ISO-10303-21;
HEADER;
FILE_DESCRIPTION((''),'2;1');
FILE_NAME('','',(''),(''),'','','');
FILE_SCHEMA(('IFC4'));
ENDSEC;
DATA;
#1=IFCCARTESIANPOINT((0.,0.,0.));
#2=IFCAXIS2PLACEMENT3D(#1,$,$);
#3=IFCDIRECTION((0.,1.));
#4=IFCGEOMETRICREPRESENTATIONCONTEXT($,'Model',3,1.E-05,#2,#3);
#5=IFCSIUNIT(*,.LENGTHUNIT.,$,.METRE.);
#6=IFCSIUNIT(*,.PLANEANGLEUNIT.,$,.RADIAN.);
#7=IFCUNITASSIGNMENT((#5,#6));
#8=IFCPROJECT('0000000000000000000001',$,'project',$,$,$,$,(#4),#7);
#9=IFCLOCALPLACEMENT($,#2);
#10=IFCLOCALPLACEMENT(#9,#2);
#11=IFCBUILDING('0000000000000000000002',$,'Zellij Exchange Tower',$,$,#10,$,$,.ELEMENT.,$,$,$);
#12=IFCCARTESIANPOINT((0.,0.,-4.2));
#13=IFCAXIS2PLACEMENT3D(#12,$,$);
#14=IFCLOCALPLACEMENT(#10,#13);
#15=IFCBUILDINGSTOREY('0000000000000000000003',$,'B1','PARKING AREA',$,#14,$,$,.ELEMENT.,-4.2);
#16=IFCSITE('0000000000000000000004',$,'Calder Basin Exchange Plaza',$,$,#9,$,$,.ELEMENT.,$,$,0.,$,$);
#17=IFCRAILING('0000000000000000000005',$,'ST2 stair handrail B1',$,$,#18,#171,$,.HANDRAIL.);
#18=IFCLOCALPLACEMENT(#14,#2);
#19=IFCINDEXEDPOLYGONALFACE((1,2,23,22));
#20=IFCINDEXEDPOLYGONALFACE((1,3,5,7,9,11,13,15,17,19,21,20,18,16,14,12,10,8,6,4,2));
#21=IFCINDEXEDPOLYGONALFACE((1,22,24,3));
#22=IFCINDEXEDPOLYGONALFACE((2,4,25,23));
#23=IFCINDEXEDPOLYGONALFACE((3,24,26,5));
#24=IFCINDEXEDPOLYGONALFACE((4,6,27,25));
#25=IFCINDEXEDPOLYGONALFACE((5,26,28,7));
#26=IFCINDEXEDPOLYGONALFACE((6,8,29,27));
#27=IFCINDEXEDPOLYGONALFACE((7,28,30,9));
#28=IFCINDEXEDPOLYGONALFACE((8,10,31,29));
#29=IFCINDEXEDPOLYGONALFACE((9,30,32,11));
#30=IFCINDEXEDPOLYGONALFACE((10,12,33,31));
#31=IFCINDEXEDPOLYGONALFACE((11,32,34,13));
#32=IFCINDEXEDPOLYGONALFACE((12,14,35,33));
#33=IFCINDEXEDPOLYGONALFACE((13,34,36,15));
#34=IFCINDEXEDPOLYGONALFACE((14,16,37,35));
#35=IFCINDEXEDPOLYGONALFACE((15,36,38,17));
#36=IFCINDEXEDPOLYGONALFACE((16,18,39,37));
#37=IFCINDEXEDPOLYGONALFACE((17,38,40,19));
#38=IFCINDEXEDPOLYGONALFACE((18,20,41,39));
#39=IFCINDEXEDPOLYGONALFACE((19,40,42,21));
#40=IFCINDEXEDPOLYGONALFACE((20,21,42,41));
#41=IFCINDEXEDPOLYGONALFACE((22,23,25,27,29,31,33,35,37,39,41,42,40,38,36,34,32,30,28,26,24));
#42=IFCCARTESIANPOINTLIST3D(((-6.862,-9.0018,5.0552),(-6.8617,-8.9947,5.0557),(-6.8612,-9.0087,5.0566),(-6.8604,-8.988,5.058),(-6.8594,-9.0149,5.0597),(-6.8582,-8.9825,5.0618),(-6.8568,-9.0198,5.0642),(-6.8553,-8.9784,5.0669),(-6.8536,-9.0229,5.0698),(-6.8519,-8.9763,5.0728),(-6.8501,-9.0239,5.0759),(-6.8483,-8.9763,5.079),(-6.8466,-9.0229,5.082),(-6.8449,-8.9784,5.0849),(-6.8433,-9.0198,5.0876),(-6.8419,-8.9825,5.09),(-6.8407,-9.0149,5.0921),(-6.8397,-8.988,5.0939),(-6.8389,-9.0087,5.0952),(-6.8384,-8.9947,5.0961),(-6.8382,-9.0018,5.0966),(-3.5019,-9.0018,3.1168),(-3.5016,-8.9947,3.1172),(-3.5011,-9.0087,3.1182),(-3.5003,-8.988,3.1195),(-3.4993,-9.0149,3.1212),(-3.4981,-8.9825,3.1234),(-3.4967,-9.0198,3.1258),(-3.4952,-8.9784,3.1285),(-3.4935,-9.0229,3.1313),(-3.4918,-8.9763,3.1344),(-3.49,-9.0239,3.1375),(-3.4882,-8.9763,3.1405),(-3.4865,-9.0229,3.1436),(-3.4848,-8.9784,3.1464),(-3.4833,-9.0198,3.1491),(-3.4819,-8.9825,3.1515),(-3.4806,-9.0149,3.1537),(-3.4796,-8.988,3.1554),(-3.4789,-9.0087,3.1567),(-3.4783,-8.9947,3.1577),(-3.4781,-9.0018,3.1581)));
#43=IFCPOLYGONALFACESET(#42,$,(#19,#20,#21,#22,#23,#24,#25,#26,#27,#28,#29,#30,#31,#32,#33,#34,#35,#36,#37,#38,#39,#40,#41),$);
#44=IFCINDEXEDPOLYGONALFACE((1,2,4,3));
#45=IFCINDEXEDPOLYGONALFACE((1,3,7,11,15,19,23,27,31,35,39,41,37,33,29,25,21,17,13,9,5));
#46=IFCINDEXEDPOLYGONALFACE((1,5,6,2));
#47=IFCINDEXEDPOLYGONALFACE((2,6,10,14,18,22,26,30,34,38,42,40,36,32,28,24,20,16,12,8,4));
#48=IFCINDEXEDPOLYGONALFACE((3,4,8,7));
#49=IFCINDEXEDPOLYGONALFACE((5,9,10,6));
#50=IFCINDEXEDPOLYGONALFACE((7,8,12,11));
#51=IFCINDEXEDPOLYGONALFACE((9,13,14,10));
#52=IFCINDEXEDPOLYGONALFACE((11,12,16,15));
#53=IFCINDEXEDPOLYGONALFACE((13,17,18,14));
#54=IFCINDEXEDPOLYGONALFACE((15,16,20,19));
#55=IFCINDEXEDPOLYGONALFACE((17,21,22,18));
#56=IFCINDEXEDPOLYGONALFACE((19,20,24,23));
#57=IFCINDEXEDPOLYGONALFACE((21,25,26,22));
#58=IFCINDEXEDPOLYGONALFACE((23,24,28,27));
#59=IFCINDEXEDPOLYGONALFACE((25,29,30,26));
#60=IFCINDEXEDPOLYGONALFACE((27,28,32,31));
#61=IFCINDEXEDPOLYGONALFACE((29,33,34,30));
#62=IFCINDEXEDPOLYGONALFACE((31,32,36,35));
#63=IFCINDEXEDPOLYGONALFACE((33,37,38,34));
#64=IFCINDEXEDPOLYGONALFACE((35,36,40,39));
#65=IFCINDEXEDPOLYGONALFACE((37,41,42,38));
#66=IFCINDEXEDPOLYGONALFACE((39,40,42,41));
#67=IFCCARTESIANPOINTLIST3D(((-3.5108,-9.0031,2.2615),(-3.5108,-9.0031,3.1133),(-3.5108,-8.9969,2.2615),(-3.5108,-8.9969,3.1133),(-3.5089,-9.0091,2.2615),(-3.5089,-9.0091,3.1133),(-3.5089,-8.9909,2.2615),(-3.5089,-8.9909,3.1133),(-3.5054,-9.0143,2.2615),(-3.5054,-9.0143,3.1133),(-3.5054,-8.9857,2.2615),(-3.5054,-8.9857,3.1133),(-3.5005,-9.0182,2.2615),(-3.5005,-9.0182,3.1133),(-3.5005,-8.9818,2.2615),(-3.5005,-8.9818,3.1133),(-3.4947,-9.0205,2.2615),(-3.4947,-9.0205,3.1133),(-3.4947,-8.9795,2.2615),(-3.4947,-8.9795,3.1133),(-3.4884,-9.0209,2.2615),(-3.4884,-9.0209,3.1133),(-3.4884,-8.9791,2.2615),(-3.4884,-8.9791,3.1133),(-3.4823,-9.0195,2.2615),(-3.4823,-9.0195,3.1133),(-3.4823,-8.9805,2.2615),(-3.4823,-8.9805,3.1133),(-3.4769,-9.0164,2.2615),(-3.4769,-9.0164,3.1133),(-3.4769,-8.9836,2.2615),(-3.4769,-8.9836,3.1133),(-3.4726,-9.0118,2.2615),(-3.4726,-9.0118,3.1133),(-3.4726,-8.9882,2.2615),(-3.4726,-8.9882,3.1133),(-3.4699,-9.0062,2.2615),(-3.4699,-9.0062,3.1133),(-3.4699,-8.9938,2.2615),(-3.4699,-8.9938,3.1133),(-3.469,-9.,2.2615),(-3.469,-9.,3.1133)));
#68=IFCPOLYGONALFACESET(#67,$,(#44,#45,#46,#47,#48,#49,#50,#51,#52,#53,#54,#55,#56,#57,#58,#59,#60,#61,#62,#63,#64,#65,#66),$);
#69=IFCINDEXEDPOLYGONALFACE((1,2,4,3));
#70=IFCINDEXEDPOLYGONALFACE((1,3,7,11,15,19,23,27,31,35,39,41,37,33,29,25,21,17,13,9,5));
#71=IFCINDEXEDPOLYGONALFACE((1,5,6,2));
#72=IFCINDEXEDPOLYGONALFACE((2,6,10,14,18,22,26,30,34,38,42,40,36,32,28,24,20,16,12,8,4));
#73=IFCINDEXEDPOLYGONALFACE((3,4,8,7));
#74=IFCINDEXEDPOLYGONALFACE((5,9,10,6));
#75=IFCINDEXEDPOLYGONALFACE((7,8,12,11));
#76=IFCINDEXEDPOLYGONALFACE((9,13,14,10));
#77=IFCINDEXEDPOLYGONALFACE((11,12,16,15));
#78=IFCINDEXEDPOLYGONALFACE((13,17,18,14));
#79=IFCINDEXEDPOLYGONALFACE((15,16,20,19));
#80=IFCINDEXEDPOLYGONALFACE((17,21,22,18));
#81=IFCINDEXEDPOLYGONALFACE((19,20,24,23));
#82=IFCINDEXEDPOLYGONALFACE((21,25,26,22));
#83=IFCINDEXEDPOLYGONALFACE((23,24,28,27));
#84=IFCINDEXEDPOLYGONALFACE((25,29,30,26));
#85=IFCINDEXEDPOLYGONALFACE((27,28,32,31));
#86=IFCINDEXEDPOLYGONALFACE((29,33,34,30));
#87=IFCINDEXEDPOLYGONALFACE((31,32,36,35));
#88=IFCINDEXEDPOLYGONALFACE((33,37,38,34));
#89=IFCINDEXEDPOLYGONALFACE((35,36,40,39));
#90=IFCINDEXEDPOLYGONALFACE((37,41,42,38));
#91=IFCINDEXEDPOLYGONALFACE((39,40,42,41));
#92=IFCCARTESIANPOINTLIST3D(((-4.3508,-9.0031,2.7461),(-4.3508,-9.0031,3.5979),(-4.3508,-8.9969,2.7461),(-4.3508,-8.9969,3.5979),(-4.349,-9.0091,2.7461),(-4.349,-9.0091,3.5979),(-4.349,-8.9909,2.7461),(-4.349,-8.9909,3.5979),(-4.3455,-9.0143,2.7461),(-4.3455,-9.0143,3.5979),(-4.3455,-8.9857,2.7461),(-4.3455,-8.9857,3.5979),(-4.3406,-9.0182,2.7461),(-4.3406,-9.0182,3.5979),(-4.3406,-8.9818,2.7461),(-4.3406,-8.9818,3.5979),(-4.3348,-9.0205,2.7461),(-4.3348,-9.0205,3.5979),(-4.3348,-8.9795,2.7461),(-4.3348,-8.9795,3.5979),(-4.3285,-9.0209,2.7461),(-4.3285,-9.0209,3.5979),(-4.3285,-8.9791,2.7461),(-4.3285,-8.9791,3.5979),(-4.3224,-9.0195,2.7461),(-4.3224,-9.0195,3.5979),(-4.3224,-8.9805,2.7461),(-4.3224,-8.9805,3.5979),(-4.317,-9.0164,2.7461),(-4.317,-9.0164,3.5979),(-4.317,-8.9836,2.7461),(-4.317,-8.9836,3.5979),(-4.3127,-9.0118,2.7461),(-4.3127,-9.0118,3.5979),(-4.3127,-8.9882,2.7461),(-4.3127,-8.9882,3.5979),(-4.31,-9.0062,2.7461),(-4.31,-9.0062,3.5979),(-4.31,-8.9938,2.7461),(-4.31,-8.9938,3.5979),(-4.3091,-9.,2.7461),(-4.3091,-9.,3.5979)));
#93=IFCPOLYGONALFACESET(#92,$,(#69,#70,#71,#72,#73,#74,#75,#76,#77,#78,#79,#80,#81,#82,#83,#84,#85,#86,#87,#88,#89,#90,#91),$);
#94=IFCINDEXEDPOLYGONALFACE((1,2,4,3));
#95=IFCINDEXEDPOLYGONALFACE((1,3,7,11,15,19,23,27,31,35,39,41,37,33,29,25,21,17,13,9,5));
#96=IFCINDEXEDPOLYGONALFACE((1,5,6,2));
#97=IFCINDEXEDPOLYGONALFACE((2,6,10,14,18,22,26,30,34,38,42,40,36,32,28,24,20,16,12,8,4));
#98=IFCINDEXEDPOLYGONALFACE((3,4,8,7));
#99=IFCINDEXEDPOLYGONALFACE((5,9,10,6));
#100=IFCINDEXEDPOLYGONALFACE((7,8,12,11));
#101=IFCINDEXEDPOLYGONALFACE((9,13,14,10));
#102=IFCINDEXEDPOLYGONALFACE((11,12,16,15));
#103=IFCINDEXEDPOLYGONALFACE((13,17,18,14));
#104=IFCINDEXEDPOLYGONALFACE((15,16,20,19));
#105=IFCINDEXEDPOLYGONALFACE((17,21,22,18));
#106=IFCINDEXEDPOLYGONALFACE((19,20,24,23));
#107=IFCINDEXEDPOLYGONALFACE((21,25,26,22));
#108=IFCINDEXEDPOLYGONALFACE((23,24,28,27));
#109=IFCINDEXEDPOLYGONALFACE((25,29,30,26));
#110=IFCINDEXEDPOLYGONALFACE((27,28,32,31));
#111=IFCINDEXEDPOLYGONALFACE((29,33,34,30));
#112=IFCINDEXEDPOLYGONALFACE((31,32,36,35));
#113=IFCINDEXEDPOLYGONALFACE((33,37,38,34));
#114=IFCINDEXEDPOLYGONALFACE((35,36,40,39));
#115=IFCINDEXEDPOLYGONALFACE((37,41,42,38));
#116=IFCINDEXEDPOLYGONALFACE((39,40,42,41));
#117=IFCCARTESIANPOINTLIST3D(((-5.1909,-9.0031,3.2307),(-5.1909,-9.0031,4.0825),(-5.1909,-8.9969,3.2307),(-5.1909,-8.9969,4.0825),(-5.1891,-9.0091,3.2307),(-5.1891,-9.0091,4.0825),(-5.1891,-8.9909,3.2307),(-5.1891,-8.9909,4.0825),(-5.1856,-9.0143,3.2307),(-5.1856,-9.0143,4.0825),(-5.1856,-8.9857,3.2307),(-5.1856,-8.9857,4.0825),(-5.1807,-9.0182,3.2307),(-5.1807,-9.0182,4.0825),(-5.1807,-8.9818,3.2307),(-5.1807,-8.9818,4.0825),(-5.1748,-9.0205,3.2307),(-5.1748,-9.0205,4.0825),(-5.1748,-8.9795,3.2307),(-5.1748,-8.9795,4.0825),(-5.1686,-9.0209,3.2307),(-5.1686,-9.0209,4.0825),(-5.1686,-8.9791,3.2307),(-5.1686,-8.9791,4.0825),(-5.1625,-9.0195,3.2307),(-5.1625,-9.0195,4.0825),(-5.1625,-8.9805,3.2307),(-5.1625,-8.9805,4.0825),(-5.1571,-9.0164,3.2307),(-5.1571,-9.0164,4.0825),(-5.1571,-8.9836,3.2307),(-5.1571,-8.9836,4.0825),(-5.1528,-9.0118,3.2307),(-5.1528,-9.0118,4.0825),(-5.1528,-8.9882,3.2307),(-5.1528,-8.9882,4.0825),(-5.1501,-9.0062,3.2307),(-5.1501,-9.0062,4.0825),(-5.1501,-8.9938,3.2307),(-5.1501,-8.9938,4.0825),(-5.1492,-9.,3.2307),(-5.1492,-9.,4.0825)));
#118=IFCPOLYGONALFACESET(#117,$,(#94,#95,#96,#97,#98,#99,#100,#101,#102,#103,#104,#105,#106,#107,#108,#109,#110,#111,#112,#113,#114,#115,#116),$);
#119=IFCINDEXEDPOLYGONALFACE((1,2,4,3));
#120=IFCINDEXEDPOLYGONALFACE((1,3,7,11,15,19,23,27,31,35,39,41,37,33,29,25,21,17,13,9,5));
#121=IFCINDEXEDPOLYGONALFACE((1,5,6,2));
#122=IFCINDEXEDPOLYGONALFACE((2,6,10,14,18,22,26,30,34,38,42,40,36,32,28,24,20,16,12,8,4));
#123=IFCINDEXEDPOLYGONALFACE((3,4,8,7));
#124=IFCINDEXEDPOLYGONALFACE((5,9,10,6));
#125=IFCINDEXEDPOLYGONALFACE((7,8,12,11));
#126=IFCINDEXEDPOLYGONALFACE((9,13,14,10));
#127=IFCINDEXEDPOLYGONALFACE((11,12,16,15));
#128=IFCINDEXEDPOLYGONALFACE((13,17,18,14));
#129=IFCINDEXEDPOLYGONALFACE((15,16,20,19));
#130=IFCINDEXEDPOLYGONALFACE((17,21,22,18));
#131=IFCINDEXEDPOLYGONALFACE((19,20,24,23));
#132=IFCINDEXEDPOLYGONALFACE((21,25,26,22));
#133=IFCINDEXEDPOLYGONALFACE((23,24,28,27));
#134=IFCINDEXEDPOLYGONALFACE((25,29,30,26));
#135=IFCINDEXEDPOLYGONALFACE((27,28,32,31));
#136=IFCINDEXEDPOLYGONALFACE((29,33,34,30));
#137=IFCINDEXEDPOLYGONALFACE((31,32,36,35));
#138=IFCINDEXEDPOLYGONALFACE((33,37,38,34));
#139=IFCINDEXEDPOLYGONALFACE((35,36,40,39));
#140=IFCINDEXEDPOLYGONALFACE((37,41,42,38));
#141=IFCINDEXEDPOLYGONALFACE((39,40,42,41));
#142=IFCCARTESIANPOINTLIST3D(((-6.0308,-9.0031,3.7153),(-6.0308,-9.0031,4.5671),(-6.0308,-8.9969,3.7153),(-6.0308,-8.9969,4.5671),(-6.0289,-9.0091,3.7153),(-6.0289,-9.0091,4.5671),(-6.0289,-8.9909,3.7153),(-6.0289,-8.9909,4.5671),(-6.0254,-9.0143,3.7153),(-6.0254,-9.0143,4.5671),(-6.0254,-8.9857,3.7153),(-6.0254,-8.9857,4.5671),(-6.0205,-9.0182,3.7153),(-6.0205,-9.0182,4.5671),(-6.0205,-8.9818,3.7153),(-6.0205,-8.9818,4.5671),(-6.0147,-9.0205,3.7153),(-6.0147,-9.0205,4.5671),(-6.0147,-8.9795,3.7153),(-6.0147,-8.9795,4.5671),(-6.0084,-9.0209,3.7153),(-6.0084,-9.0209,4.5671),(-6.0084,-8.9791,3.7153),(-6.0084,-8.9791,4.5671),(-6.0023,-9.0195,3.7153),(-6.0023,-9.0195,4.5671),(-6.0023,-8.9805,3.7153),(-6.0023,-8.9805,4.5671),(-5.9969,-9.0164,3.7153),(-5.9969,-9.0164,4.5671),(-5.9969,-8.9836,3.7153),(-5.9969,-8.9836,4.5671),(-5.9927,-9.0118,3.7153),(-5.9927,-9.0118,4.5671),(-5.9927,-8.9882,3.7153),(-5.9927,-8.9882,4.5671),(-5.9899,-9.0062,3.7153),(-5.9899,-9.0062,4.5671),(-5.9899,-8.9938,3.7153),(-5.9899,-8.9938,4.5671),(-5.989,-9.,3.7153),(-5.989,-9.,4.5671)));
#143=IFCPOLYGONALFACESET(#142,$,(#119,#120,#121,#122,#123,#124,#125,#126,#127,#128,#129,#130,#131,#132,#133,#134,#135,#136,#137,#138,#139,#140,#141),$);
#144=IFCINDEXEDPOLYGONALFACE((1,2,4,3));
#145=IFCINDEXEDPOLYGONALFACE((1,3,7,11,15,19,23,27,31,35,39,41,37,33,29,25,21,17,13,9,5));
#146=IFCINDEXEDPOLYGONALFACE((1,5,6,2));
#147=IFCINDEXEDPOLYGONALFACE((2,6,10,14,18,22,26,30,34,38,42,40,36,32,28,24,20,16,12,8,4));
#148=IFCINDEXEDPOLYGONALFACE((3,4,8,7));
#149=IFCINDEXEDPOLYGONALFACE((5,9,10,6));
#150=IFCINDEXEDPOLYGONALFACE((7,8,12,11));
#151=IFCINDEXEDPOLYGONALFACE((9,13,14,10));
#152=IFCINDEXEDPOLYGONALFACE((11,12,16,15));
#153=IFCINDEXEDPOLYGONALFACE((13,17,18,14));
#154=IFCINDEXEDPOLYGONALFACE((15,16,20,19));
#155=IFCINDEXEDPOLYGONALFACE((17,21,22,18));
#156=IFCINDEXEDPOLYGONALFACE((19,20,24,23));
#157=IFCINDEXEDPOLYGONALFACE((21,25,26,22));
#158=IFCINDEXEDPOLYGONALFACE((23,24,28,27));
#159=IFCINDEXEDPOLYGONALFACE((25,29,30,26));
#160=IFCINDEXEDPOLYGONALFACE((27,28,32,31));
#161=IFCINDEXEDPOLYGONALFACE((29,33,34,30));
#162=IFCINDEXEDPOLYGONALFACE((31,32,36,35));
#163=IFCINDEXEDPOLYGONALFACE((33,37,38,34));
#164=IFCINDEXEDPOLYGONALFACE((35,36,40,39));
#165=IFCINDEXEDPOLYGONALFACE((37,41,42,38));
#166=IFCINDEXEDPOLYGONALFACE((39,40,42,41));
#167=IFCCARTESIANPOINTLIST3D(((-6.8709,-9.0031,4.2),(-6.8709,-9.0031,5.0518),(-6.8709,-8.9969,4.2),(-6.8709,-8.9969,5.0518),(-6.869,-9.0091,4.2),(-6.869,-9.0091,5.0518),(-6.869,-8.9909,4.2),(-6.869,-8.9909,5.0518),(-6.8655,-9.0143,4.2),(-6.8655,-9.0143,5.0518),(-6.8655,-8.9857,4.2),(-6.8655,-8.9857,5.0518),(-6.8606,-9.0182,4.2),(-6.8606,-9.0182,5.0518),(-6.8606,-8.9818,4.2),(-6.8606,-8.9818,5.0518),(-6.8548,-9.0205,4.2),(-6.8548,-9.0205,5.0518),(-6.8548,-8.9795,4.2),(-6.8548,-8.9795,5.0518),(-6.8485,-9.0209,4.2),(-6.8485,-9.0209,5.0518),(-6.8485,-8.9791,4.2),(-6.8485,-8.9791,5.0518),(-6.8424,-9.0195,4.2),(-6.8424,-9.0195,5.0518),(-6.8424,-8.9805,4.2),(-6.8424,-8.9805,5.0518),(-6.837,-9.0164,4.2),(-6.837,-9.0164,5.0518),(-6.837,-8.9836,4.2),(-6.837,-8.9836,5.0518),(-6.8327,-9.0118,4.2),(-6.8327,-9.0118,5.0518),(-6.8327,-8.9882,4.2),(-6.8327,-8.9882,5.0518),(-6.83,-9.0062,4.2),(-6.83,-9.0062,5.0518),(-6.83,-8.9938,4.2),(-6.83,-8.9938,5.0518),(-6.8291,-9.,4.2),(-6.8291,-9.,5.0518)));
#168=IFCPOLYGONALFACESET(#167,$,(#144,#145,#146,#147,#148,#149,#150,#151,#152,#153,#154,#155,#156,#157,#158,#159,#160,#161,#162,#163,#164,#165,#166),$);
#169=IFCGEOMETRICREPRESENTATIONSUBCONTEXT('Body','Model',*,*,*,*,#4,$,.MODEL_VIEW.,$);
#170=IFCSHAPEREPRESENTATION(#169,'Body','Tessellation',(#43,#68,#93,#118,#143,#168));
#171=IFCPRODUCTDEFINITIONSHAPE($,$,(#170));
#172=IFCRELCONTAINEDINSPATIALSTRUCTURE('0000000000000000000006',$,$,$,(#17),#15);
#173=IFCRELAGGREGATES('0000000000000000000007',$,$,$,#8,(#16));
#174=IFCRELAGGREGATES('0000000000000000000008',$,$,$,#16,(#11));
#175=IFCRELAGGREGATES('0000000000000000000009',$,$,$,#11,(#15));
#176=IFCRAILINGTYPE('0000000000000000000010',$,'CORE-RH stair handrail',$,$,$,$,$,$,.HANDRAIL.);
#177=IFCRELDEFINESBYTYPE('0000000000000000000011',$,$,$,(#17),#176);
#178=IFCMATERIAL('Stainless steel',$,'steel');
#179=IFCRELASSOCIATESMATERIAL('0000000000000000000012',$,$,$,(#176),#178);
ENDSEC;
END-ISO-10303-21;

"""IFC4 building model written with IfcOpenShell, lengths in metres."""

from ifc_helpers import new_model, si_unit, direction, frame, origin, origin_2d, place, context, subcontext, project, spatial, circle, extrude, material, type_object, element, save


model = new_model("IFC4")

# Units and contexts
model_context = context("Model", 3, precision=1e-05, world=origin(), true_north=direction((0.0, 1.0)))
body_context = subcontext(model_context, "Body", "Model", "MODEL_VIEW")
ifc_project = project(units=[si_unit("LENGTHUNIT", "METRE"), si_unit("PLANEANGLEUNIT", "RADIAN")], contexts=[model_context])

# Site, building, storey
site_placement = place(None, origin())
site = spatial("IfcSite", under=ifc_project, at=site_placement, Name="Calder Basin Exchange Plaza", CompositionType="ELEMENT", RefElevation=0.0)
building_placement = place(site_placement, origin())
building = spatial("IfcBuilding", under=site, at=building_placement, Name="Zellij Exchange Tower", CompositionType="ELEMENT")
storey_placement = place(building_placement, frame((0.0, 0.0, -4.2)))
storey = spatial("IfcBuildingStorey", under=building, at=storey_placement, Name="B1", Description="PARKING AREA", CompositionType="ELEMENT", Elevation=-4.2)

# Railing
ifc_material_1 = material(Name="Stainless steel", Category="steel")
railing_type_1 = type_object("IfcRailingType", Name="CORE-RH stair handrail", PredefinedType="HANDRAIL", material=ifc_material_1)
for number, where, name in (
    (1, (-3.49, -9.0, 2.2615), "ST2 stair handrail B1"),
):
    element("IfcRailing", number, at=place(storey_placement, frame(where)), inside=storey, type_object=railing_type_1, Name=name, PredefinedType="HANDRAIL", context=body_context, shape_type="SweptSolid", body=[
        extrude(circle(Radius=0.0239, at=origin_2d()), frame((0.0, 0.0, 0.876), z_axis=(-0.866191, 0.0, 0.499713), x_axis=(0.0, -1.0, 0.0)), (0.0, 0.0, 1.0), 3.8792),
        extrude(circle(Radius=0.021, at=origin_2d()), origin(), (0.0, 0.0, 1.0), 0.8518),
        extrude(circle(Radius=0.021, at=origin_2d()), frame((-0.8401, 0.0, 0.4846)), (0.0, 0.0, 1.0), 0.8518),
        extrude(circle(Radius=0.021, at=origin_2d()), frame((-1.6802, 0.0, 0.9692)), (0.0, 0.0, 1.0), 0.8518),
        extrude(circle(Radius=0.021, at=origin_2d()), frame((-2.52, 0.0, 1.4539)), (0.0, 0.0, 1.0), 0.8518),
        extrude(circle(Radius=0.021, at=origin_2d()), frame((-3.3601, 0.0, 1.9385)), (0.0, 0.0, 1.0), 0.8518),
    ])

save(model, "model.ifc")
